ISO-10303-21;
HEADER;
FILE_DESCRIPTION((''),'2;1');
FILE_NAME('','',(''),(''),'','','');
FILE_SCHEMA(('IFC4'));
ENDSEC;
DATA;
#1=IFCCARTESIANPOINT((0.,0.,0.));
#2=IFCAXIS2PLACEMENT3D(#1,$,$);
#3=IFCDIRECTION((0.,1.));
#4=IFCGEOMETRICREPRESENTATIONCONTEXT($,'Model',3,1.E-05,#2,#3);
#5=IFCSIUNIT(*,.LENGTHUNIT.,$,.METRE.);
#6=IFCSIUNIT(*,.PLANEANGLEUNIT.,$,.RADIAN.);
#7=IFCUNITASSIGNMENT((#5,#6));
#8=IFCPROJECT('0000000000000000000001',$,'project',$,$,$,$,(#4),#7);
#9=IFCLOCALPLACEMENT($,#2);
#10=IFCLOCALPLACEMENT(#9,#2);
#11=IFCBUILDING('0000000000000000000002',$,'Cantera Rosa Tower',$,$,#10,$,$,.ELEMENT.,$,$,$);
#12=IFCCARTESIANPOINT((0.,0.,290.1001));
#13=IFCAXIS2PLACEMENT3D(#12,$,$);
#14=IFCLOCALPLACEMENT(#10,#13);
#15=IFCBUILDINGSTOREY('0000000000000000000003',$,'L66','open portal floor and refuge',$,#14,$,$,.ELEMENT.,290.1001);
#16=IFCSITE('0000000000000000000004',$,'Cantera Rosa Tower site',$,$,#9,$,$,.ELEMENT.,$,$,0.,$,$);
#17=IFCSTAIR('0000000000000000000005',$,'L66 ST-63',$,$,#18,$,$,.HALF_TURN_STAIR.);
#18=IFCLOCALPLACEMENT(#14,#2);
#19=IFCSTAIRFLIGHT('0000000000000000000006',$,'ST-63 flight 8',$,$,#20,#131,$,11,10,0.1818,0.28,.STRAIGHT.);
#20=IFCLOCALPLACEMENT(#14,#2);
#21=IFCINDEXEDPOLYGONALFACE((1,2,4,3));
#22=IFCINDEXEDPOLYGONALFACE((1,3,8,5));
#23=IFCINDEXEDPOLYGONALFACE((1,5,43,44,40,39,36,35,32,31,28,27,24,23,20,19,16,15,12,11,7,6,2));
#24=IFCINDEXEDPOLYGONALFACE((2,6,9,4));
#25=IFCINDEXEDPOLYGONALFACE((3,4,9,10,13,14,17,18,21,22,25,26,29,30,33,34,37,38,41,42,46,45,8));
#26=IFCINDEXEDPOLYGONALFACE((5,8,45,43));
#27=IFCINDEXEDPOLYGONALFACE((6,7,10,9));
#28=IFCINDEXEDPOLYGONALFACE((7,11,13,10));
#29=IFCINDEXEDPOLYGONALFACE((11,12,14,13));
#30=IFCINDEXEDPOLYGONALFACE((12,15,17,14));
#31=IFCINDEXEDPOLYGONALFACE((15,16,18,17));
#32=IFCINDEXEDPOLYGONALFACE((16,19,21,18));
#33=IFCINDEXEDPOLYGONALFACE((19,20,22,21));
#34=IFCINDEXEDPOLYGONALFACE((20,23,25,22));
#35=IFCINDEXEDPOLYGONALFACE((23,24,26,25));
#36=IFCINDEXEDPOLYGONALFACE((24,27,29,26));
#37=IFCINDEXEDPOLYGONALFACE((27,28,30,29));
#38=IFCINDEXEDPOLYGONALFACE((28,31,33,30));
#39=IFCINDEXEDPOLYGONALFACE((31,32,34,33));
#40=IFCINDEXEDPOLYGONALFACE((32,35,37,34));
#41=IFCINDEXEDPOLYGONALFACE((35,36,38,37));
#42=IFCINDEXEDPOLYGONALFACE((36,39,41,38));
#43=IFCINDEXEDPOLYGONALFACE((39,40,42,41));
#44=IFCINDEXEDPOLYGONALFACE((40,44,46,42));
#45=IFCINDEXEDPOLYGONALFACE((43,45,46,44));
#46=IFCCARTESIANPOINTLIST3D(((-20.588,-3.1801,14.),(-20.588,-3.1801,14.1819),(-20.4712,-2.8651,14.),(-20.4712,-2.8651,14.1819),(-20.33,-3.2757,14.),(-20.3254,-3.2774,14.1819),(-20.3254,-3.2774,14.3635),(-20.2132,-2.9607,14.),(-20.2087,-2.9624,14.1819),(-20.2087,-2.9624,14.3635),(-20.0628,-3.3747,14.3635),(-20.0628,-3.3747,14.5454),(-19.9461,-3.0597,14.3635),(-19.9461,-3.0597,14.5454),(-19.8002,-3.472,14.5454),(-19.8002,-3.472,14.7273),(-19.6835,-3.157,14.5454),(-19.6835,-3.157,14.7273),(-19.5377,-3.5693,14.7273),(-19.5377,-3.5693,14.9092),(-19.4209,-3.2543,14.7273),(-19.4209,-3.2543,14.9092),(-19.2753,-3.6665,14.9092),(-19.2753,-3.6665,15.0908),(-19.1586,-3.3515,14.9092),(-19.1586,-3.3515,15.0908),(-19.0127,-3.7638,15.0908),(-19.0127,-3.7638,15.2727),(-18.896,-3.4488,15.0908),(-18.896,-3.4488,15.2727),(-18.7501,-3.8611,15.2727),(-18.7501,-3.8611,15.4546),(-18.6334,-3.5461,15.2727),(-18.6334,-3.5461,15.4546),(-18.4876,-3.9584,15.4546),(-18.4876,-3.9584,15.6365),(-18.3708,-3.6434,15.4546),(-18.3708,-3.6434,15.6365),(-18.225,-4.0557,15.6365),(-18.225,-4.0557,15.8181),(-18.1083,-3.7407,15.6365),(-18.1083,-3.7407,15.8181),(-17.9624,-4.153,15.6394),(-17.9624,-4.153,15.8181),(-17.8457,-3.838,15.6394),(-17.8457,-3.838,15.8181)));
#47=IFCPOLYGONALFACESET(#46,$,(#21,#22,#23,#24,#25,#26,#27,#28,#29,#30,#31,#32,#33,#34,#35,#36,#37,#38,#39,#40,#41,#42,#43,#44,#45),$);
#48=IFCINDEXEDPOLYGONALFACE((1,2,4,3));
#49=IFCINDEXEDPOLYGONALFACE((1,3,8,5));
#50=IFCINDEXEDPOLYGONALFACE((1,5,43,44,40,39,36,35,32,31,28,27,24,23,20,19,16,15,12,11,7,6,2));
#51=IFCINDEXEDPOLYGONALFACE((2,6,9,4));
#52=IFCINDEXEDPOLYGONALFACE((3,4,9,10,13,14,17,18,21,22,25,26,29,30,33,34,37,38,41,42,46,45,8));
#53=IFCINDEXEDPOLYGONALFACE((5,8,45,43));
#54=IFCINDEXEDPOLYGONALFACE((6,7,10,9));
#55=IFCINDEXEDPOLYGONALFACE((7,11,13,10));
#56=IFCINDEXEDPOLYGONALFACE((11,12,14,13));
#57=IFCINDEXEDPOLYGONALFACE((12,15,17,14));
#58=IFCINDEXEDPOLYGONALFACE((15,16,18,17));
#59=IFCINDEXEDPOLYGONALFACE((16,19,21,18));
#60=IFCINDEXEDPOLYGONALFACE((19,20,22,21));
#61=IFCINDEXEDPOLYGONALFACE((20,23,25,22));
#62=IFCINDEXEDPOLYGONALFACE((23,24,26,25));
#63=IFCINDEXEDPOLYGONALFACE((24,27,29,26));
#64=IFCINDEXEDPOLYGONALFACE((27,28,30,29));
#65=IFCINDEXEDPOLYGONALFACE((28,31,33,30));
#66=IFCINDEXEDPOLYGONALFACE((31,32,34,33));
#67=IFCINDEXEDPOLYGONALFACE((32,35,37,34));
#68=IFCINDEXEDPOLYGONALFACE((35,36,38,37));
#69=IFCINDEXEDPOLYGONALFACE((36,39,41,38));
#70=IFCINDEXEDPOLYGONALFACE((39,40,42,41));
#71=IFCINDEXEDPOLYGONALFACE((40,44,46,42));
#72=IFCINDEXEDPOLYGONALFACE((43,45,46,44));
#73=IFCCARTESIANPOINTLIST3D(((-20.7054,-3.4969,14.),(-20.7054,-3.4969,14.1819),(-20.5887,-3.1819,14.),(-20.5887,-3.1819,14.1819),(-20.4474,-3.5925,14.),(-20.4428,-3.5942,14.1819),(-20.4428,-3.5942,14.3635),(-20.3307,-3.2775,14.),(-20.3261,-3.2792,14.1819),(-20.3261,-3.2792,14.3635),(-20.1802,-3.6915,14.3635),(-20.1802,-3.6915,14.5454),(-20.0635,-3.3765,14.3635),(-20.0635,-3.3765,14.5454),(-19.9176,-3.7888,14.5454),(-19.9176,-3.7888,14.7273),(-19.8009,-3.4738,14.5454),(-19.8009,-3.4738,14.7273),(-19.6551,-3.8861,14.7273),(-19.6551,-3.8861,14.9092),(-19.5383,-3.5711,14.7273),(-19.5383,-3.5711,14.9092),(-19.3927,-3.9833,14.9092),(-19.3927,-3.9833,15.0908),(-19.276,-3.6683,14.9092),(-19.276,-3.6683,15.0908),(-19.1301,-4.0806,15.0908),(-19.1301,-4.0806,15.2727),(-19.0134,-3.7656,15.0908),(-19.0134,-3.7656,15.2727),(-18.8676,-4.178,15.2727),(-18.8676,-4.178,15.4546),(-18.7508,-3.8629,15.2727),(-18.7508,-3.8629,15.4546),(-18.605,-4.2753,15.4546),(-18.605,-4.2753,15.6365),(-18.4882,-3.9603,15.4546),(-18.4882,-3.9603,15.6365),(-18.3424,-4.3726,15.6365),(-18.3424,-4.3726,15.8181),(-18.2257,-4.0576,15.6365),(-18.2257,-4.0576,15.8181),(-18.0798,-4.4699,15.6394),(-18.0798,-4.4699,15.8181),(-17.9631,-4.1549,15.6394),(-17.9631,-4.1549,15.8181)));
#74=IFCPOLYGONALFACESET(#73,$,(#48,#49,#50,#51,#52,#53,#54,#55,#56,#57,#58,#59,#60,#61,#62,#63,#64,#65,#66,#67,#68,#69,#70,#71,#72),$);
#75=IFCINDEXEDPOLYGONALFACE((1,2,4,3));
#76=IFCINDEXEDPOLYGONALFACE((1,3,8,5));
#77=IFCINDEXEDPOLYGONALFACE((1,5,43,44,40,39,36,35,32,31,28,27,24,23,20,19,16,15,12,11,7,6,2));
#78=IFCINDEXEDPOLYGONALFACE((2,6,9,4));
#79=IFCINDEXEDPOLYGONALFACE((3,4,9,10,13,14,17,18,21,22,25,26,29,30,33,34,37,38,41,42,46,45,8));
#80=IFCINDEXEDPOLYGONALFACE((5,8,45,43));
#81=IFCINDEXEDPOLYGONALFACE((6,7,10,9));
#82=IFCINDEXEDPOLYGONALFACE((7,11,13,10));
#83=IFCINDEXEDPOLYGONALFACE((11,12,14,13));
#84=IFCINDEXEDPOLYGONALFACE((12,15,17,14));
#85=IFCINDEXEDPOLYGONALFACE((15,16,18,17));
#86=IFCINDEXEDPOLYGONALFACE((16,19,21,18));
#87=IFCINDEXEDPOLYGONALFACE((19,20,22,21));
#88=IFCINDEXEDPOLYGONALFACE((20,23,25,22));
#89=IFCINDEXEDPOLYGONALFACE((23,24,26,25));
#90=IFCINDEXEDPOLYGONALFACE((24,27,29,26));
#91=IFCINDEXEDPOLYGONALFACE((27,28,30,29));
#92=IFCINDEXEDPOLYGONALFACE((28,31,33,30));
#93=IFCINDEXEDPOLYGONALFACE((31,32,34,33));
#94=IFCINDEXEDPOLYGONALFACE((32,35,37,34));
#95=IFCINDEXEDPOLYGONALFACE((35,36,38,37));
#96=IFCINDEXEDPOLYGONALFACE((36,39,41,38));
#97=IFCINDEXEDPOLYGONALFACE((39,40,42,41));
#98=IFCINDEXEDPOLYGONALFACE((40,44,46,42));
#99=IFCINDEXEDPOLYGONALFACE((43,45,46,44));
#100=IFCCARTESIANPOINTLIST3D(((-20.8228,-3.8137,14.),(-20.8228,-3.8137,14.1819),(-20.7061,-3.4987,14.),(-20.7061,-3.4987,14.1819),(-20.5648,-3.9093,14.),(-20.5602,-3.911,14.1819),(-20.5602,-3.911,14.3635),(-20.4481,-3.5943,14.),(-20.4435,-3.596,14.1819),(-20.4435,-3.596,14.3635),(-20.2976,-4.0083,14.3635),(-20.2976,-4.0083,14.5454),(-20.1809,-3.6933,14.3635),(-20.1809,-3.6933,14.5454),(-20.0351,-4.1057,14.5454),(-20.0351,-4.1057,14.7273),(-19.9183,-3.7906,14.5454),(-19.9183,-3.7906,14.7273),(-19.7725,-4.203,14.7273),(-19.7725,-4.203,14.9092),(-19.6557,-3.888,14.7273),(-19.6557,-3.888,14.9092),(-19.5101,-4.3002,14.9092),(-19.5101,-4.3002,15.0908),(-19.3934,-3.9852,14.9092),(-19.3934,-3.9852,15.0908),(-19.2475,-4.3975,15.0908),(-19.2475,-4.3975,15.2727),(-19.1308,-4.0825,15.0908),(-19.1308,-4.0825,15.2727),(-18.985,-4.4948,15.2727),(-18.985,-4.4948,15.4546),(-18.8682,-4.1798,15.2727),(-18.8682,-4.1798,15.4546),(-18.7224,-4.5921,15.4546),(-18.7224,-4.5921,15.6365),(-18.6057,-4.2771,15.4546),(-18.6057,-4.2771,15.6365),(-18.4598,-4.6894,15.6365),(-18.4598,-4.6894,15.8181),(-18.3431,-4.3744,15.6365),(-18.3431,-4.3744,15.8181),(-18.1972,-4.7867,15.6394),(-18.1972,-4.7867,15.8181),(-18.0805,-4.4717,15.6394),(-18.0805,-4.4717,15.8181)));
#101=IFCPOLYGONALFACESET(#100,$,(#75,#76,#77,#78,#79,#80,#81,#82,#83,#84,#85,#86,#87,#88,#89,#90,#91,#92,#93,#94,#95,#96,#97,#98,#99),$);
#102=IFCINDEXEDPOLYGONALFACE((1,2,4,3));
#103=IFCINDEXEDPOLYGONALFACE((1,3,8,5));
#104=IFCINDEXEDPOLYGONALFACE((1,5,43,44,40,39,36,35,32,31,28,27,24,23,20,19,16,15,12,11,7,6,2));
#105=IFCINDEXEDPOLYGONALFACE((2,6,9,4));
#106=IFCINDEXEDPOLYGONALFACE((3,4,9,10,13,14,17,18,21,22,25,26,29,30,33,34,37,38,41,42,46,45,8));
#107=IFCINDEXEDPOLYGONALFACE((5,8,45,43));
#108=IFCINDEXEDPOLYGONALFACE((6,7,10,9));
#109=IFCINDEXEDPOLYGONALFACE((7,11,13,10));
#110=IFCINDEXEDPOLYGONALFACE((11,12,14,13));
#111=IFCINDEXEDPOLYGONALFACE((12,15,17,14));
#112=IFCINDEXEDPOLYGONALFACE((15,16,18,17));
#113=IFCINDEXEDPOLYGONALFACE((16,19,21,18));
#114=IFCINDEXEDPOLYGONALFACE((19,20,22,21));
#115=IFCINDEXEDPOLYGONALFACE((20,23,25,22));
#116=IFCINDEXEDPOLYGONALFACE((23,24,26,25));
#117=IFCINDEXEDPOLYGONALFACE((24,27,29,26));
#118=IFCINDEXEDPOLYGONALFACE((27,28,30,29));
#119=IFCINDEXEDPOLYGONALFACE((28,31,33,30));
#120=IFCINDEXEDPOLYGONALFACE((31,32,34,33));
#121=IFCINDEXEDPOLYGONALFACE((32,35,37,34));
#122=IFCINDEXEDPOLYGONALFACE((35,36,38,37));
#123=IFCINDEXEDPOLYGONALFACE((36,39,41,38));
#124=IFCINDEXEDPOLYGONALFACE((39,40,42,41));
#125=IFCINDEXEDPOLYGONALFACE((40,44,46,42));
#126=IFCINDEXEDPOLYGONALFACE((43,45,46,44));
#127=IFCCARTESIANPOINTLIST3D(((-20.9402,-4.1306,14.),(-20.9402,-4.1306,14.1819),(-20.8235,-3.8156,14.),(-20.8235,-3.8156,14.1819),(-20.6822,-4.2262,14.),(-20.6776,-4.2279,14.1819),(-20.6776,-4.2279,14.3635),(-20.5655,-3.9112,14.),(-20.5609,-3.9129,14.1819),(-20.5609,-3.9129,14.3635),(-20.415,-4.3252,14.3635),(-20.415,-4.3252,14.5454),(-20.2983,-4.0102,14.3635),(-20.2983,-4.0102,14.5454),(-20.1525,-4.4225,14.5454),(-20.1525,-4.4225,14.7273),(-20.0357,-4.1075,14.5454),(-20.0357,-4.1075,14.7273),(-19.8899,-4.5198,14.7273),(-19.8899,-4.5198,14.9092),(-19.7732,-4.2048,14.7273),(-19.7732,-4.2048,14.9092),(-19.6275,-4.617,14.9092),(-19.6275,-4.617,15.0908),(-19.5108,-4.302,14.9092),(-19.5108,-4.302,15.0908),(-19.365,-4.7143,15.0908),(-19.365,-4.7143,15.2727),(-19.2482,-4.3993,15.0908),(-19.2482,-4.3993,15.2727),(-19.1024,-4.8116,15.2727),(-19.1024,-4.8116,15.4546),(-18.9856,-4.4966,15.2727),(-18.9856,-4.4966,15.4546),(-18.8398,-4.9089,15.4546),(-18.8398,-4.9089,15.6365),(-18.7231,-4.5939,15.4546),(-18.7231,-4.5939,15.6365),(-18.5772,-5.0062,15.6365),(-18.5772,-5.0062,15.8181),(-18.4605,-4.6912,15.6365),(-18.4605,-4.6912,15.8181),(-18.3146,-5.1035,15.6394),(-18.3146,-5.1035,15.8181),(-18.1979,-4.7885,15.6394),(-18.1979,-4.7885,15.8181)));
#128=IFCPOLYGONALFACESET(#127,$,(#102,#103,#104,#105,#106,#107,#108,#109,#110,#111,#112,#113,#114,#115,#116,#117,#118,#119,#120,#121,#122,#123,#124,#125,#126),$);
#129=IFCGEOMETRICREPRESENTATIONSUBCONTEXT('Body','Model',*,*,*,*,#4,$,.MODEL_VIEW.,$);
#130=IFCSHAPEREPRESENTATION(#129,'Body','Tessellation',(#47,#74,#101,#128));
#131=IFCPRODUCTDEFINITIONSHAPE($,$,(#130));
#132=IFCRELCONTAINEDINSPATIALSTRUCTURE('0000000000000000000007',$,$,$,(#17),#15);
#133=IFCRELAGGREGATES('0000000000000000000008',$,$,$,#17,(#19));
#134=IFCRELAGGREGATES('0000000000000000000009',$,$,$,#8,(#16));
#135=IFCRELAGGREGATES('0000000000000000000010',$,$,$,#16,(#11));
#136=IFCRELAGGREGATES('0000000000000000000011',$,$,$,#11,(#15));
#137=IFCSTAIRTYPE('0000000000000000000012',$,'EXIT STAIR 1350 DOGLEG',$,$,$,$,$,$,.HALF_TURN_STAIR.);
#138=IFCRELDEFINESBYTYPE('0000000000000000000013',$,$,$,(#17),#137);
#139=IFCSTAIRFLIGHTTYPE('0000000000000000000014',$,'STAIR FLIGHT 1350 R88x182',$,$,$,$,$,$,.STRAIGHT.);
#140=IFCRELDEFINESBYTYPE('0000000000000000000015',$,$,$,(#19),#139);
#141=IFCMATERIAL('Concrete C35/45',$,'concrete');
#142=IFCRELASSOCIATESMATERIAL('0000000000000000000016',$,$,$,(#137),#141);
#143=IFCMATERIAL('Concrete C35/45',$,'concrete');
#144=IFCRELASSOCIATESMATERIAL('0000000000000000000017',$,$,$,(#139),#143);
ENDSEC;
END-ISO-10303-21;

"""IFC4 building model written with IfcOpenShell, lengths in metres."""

from ifc_helpers import new_model, si_unit, direction, frame, origin, place, context, subcontext, project, spatial, polyline, outline, extrude, material, type_object, element, aggregate, save


model = new_model("IFC4")

# Units and contexts
model_context = context("Model", 3, precision=1e-05, world=origin(), true_north=direction((0.0, 1.0)))
body_context = subcontext(model_context, "Body", "Model", "MODEL_VIEW")
ifc_project = project(units=[si_unit("LENGTHUNIT", "METRE"), si_unit("PLANEANGLEUNIT", "RADIAN")], contexts=[model_context])

# Site, building, storey
site_placement = place(None, origin())
site = spatial("IfcSite", under=ifc_project, at=site_placement, Name="Cantera Rosa Tower site", CompositionType="ELEMENT", RefElevation=0.0)
building_placement = place(site_placement, origin())
building = spatial("IfcBuilding", under=site, at=building_placement, Name="Cantera Rosa Tower", CompositionType="ELEMENT")
storey_placement = place(building_placement, frame((0.0, 0.0, 290.1001)))
storey = spatial("IfcBuildingStorey", under=building, at=storey_placement, Name="L66", Description="open portal floor and refuge", CompositionType="ELEMENT", Elevation=290.1001)

# Stair, stair flight
ifc_material_1 = material(Name="Concrete C35/45", Category="concrete")
stair_type = type_object("IfcStairType", Name="EXIT STAIR 1350 DOGLEG", PredefinedType="HALF_TURN_STAIR", material=ifc_material_1)
stair_placement = place(storey_placement, origin())
stair = element("IfcStair", 1, at=stair_placement, inside=storey, type_object=stair_type, Name="L66 ST-63", PredefinedType="HALF_TURN_STAIR")
ifc_material_2 = material(Name="Concrete C35/45", Category="concrete")
stair_flight_type = type_object("IfcStairFlightType", Name="STAIR FLIGHT 1350 R88x182", PredefinedType="STRAIGHT", material=ifc_material_2)
stair_flight_1_placement = place(storey_placement, frame((-20.7058, -3.498, 14.0), z_axis=(0.0, 0.0, 1.0), x_axis=(0.937687, -0.347481, 0.0)))
stair_flight_1 = element("IfcStairFlight", 2, at=stair_flight_1_placement, type_object=stair_flight_type, Name="ST-63 flight 8", NumberOfRisers=11, NumberOfTreads=10, PredefinedType="STRAIGHT", RiserHeight=0.1818, TreadLength=0.28, context=body_context, shape_type="SweptSolid", body=[
    extrude(outline(polyline([(0.0, 0.0), (0.0, 0.1819), (0.28, 0.1819), (0.28, 0.3635), (0.5601, 0.3635), (0.5601, 0.5454), (0.8401, 0.5454), (0.8401, 0.7273), (1.1201, 0.7273), (1.1201, 0.9092), (1.3999, 0.9092), (1.3999, 1.0908), (1.6799, 1.0908), (1.6799, 1.2727), (1.96, 1.2727), (1.96, 1.4546), (2.24, 1.4546), (2.24, 1.6365), (2.52, 1.6365), (2.52, 1.8181), (2.8, 1.8181), (2.8, 2.0), (2.8, 1.6394), (0.2751, 0.0), (0.0, 0.0)])), frame((0.0, 0.675, 0.0), z_axis=(0.0, -1.0, 0.0), x_axis=(1.0, 0.0, 0.0)), (0.0, 0.0, 1.0), 0.3359),
    extrude(outline(polyline([(0.0, 0.0), (0.0, 0.1819), (0.28, 0.1819), (0.28, 0.3635), (0.5601, 0.3635), (0.5601, 0.5454), (0.8401, 0.5454), (0.8401, 0.7273), (1.1201, 0.7273), (1.1201, 0.9092), (1.3999, 0.9092), (1.3999, 1.0908), (1.6799, 1.0908), (1.6799, 1.2727), (1.96, 1.2727), (1.96, 1.4546), (2.24, 1.4546), (2.24, 1.6365), (2.52, 1.6365), (2.52, 1.8181), (2.8, 1.8181), (2.8, 2.0), (2.8, 1.6394), (0.2751, 0.0), (0.0, 0.0)])), frame((0.0, 0.3372, 0.0), z_axis=(0.0, -1.0, 0.0), x_axis=(1.0, 0.0, 0.0)), (0.0, 0.0, 1.0), 0.3359),
    extrude(outline(polyline([(0.0, 0.0), (0.0, 0.1819), (0.28, 0.1819), (0.28, 0.3635), (0.5601, 0.3635), (0.5601, 0.5454), (0.8401, 0.5454), (0.8401, 0.7273), (1.1201, 0.7273), (1.1201, 0.9092), (1.3999, 0.9092), (1.3999, 1.0908), (1.6799, 1.0908), (1.6799, 1.2727), (1.96, 1.2727), (1.96, 1.4546), (2.24, 1.4546), (2.24, 1.6365), (2.52, 1.6365), (2.52, 1.8181), (2.8, 1.8181), (2.8, 2.0), (2.8, 1.6394), (0.2751, 0.0), (0.0, 0.0)])), frame((0.0, -0.0007, 0.0), z_axis=(0.0, -1.0, 0.0), x_axis=(1.0, 0.0, 0.0)), (0.0, 0.0, 1.0), 0.3359),
    extrude(outline(polyline([(0.0, 0.0), (0.0, 0.1819), (0.28, 0.1819), (0.28, 0.3635), (0.5601, 0.3635), (0.5601, 0.5454), (0.8401, 0.5454), (0.8401, 0.7273), (1.1201, 0.7273), (1.1201, 0.9092), (1.3999, 0.9092), (1.3999, 1.0908), (1.6799, 1.0908), (1.6799, 1.2727), (1.96, 1.2727), (1.96, 1.4546), (2.24, 1.4546), (2.24, 1.6365), (2.52, 1.6365), (2.52, 1.8181), (2.8, 1.8181), (2.8, 2.0), (2.8, 1.6394), (0.2751, 0.0), (0.0, 0.0)])), frame((0.0, -0.3386, 0.0), z_axis=(0.0, -1.0, 0.0), x_axis=(1.0, 0.0, 0.0)), (0.0, 0.0, 1.0), 0.3359),
])
aggregate(stair, [stair_flight_1])

save(model, "model.ifc")
